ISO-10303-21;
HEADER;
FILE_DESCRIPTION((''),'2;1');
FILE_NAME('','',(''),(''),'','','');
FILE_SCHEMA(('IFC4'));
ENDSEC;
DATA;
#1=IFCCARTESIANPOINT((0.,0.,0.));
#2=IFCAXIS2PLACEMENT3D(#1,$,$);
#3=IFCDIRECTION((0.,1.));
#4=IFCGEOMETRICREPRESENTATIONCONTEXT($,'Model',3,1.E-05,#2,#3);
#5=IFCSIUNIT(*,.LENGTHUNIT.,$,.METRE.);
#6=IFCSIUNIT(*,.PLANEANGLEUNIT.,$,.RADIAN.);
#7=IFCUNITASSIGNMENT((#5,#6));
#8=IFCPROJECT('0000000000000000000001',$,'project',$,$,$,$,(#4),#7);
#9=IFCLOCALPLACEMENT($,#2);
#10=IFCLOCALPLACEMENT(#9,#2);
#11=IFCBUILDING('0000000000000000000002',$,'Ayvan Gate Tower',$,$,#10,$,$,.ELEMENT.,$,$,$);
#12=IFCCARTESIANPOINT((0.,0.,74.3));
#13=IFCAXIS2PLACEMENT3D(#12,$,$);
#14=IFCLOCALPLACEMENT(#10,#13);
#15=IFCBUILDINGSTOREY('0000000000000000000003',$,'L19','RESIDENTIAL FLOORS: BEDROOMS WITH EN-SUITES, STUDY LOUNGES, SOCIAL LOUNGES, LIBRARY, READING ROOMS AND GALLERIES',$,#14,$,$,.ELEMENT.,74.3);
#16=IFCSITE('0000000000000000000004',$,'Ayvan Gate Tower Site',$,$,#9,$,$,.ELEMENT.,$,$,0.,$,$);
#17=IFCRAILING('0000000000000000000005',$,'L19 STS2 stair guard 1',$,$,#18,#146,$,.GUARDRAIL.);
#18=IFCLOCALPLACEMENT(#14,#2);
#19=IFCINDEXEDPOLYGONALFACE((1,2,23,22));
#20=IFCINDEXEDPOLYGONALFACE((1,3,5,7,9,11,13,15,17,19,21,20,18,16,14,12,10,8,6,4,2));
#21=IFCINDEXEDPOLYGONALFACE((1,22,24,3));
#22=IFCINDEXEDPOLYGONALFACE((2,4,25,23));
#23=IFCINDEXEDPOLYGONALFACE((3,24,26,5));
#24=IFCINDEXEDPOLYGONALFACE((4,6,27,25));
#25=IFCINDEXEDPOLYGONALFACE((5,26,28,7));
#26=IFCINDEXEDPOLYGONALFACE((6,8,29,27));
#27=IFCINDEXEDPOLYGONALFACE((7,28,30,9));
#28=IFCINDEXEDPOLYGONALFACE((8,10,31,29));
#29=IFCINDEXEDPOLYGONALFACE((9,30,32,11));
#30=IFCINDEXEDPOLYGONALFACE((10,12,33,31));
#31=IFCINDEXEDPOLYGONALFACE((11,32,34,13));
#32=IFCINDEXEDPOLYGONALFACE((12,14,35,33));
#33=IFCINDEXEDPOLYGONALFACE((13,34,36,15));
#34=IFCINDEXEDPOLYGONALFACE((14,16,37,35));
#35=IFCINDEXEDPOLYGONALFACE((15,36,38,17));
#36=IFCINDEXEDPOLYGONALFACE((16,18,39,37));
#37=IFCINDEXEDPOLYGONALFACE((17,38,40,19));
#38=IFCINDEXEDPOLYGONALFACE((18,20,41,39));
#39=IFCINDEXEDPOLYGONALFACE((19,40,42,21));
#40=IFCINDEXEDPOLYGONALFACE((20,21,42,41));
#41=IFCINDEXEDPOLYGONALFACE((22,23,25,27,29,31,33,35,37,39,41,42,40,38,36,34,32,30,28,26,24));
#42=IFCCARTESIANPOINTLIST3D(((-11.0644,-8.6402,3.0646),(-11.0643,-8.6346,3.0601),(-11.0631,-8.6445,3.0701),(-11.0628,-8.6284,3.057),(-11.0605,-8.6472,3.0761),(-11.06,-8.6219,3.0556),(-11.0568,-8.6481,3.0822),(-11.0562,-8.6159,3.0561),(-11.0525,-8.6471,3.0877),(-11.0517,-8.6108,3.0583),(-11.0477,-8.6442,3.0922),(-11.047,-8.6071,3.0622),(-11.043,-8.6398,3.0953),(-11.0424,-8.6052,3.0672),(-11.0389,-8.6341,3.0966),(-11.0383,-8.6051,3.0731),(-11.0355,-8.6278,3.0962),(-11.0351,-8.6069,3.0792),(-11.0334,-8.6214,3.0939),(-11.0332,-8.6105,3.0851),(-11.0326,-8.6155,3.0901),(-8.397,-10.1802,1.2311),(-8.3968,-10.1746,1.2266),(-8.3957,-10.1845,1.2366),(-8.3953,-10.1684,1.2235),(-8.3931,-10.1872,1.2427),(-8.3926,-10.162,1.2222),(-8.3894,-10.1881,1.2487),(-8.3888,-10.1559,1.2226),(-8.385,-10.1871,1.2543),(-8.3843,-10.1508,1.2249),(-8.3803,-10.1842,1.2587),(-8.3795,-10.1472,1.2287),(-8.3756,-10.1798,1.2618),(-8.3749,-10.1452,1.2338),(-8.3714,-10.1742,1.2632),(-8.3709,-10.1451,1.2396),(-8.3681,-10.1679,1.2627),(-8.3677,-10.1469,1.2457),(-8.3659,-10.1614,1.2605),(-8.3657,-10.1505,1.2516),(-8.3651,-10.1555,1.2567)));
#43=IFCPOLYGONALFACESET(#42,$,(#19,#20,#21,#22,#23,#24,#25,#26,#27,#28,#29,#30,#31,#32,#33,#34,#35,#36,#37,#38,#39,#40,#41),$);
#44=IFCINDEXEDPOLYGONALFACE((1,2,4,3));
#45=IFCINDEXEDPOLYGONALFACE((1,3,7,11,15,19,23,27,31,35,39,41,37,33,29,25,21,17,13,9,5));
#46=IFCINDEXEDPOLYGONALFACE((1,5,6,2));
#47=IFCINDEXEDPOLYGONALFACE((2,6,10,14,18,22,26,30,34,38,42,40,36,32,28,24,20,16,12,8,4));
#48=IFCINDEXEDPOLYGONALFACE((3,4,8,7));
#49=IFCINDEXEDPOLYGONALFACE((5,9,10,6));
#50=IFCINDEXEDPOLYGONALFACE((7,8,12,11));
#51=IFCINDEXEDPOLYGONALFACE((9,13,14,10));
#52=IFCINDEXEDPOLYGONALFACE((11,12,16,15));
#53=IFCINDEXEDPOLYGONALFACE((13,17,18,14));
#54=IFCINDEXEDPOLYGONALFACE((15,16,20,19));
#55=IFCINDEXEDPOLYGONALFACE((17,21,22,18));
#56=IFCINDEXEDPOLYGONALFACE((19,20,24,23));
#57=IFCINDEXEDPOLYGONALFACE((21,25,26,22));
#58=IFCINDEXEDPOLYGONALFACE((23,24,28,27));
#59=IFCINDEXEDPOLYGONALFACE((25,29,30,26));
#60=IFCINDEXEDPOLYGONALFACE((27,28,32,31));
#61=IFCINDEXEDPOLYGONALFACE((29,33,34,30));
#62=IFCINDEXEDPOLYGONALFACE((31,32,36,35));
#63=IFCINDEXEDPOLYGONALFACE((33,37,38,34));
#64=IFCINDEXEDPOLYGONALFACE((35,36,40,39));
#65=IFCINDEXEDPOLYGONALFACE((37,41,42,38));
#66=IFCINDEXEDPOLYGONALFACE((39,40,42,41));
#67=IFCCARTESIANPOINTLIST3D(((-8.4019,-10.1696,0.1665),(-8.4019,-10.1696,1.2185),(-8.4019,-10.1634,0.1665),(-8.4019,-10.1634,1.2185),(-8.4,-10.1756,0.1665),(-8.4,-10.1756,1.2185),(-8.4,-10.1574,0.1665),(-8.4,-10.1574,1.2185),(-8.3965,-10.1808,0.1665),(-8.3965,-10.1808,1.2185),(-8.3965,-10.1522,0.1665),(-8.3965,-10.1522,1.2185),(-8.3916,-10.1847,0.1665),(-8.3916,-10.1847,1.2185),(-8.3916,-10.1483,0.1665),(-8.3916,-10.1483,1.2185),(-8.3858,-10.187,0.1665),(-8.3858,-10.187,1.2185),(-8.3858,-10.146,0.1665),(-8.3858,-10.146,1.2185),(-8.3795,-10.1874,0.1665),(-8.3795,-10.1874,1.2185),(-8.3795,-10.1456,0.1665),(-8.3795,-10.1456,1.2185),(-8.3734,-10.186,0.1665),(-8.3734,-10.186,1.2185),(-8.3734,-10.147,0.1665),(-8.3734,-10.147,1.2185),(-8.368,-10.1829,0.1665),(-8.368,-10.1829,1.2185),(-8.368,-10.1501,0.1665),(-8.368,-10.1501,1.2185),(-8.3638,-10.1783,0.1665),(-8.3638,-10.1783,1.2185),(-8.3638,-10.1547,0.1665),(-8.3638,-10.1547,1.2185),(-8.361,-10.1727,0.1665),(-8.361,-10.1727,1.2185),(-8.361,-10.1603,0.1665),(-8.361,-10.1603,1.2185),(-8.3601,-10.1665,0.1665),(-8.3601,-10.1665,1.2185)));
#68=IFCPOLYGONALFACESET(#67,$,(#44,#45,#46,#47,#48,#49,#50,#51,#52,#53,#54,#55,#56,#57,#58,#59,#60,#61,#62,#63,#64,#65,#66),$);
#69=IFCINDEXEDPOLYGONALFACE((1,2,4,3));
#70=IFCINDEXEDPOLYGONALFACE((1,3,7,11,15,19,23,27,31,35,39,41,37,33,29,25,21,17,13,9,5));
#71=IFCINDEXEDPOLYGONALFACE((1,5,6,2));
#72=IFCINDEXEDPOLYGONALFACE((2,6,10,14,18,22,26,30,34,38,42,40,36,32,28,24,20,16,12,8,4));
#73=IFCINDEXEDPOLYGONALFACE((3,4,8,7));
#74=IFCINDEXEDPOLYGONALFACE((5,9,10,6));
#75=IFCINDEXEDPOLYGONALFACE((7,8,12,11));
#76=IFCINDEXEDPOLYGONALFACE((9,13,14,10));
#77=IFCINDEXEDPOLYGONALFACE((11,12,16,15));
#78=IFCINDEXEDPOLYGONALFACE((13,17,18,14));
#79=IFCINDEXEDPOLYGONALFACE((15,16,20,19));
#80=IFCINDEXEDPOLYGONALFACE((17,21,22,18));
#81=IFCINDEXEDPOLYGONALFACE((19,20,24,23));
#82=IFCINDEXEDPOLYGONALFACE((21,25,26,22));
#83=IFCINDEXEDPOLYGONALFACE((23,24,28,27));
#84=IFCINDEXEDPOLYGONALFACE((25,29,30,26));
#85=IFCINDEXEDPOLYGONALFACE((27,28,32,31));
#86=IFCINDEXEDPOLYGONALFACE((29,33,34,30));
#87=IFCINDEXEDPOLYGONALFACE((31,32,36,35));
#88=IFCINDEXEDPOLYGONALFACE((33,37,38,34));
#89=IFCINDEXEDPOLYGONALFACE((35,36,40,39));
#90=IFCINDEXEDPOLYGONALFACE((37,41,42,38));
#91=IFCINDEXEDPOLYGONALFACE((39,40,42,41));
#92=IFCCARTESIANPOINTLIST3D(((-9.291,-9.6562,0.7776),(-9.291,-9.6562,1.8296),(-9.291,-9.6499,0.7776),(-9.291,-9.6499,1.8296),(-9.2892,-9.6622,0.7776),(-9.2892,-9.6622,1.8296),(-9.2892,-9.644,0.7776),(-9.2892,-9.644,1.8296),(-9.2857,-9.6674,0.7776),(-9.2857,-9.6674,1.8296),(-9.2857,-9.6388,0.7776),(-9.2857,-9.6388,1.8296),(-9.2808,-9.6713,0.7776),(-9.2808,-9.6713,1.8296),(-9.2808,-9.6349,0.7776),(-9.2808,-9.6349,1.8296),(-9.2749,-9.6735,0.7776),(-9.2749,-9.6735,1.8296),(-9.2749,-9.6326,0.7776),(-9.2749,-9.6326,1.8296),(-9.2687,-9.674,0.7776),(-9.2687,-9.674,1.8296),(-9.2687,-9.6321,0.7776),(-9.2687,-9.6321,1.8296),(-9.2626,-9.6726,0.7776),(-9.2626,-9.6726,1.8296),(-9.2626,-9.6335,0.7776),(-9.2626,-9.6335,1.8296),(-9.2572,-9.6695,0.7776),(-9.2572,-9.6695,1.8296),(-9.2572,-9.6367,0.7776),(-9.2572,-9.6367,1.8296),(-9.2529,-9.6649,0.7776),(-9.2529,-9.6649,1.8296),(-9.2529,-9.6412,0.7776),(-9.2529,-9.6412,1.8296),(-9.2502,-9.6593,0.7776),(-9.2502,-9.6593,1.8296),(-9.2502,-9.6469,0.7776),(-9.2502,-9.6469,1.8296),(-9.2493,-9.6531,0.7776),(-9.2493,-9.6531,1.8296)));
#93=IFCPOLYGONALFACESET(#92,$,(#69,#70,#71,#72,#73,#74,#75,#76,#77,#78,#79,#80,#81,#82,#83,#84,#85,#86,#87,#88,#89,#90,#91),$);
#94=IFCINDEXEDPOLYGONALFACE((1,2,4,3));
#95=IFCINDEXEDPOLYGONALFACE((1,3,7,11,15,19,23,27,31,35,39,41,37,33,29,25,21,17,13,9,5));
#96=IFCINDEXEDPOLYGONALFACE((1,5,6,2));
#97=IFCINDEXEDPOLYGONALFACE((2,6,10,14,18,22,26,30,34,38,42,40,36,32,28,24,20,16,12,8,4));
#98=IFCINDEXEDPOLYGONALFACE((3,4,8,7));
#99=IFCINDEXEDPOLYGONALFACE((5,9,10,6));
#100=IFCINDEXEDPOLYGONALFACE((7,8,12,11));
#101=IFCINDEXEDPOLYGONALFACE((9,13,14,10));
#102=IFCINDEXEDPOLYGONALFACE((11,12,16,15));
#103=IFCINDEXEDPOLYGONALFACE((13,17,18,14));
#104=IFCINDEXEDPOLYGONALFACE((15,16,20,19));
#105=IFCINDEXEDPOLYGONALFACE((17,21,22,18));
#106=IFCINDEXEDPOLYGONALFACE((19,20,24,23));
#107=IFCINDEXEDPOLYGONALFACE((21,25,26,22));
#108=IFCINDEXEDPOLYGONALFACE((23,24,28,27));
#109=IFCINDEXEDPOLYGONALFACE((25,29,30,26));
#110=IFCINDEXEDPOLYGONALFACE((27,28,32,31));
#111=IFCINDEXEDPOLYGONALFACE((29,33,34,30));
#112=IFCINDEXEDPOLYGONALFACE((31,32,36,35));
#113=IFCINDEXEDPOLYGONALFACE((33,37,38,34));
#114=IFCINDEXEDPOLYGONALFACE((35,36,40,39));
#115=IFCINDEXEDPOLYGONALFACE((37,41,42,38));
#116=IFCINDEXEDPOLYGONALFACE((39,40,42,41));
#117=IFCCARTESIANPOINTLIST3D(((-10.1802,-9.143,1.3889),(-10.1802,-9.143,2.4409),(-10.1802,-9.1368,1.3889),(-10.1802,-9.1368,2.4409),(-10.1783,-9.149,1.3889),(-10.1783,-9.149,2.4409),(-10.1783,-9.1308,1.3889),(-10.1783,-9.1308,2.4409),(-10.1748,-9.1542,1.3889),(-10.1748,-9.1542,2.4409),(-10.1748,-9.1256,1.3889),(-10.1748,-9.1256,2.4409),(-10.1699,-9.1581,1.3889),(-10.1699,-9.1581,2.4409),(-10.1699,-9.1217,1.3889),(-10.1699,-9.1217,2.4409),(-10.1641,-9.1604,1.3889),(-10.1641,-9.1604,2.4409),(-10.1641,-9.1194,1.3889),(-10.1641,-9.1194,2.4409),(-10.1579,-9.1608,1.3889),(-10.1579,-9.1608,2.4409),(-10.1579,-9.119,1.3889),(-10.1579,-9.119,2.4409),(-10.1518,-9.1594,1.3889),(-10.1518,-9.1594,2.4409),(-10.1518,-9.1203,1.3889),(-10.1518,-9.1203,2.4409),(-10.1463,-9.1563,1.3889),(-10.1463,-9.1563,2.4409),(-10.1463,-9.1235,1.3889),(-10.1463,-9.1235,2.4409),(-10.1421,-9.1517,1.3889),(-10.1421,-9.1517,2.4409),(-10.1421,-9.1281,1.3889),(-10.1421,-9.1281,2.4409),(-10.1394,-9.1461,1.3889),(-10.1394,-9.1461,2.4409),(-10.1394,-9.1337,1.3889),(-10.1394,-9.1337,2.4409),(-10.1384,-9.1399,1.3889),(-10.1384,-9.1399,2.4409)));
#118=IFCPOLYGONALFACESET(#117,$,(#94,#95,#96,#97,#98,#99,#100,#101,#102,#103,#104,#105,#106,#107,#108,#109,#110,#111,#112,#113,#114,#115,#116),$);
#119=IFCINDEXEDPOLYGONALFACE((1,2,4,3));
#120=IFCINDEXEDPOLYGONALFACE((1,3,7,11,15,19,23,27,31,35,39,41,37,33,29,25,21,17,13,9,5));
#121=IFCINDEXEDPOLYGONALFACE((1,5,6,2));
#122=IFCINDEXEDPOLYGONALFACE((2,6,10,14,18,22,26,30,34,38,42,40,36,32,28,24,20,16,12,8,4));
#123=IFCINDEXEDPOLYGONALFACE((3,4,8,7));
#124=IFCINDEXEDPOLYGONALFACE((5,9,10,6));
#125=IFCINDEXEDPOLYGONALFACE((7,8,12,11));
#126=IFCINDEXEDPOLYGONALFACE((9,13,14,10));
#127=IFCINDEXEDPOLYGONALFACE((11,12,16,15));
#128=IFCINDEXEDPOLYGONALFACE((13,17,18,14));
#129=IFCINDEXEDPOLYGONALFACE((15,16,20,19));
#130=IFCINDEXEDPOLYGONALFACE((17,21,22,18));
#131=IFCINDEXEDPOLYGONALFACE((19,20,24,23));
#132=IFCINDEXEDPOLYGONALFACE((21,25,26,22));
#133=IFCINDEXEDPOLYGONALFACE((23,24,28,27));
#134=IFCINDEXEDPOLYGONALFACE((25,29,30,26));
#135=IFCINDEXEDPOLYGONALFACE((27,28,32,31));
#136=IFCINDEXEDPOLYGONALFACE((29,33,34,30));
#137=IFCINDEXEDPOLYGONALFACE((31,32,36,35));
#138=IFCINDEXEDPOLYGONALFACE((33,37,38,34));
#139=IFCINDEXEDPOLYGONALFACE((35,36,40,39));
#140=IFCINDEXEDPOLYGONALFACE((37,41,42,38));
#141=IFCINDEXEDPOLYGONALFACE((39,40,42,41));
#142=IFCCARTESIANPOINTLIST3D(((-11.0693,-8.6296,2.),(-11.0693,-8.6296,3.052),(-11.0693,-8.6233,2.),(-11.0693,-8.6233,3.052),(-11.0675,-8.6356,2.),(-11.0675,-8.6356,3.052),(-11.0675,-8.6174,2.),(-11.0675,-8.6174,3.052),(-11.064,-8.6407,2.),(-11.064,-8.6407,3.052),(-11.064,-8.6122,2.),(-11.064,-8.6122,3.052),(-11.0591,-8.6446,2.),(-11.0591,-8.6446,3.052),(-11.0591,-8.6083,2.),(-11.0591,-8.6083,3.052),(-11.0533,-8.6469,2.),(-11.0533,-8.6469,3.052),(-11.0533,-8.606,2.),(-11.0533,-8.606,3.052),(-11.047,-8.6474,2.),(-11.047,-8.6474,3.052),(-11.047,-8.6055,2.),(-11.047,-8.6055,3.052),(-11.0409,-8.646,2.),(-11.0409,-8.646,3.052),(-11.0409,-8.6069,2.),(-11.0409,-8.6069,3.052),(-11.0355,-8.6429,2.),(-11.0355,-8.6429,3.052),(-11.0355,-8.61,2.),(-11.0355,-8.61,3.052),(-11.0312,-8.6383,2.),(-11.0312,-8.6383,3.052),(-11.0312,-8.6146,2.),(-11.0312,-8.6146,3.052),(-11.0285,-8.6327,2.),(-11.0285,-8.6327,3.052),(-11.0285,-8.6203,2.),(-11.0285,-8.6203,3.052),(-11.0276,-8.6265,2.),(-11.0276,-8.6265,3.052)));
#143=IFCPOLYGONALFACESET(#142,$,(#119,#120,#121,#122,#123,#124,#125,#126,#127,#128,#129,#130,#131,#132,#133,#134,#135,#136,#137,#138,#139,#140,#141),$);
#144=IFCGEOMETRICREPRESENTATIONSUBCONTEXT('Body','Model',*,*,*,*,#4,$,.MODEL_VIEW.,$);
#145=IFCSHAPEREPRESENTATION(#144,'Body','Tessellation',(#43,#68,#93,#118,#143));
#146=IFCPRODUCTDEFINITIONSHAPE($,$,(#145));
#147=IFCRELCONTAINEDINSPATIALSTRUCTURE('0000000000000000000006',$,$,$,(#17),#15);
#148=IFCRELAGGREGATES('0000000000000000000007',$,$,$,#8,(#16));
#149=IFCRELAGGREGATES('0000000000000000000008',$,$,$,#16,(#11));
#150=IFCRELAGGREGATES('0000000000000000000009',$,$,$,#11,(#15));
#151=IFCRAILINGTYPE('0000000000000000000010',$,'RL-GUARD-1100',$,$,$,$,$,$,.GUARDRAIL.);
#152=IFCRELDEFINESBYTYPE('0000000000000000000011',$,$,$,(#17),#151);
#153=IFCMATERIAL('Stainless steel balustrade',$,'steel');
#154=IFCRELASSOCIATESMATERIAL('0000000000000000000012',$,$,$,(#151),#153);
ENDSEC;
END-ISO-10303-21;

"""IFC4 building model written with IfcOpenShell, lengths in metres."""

from ifc_helpers import new_model, si_unit, direction, frame, origin, origin_2d, place, context, subcontext, project, spatial, circle, extrude, material, type_object, element, save


model = new_model("IFC4")

# Units and contexts
model_context = context("Model", 3, precision=1e-05, world=origin(), true_north=direction((0.0, 1.0)))
body_context = subcontext(model_context, "Body", "Model", "MODEL_VIEW")
ifc_project = project(units=[si_unit("LENGTHUNIT", "METRE"), si_unit("PLANEANGLEUNIT", "RADIAN")], contexts=[model_context])

# Site, building, storey
site_placement = place(None, origin())
site = spatial("IfcSite", under=ifc_project, at=site_placement, Name="Ayvan Gate Tower Site", CompositionType="ELEMENT", RefElevation=0.0)
building_placement = place(site_placement, origin())
building = spatial("IfcBuilding", under=site, at=building_placement, Name="Ayvan Gate Tower", CompositionType="ELEMENT")
storey_placement = place(building_placement, frame((0.0, 0.0, 74.3)))
storey = spatial("IfcBuildingStorey", under=building, at=storey_placement, Name="L19", Description="RESIDENTIAL FLOORS: BEDROOMS WITH EN-SUITES, STUDY LOUNGES, SOCIAL LOUNGES, LIBRARY, READING ROOMS AND GALLERIES", CompositionType="ELEMENT", Elevation=74.3)

# Railing
ifc_material_1 = material(Name="Stainless steel balustrade", Category="steel")
railing_type_1 = type_object("IfcRailingType", Name="RL-GUARD-1100", PredefinedType="GUARDRAIL", material=ifc_material_1)
railing_1_placement = place(storey_placement, frame((-8.3811, -10.1665, 0.1665)))
element("IfcRailing", 1, at=railing_1_placement, inside=storey, type_object=railing_type_1, Name="L19 STS2 stair guard 1", PredefinedType="GUARDRAIL", context=body_context, shape_type="SweptSolid", body=[
    extrude(circle(Radius=0.0239, at=origin_2d()), frame((0.0, 0.0, 1.0762), z_axis=(-0.744164, 0.429634, 0.511502), x_axis=(-0.499992, -0.86603, 0.0)), (0.0, 0.0, 1.0), 3.5845),
    extrude(circle(Radius=0.021, at=origin_2d()), origin(), (0.0, 0.0, 1.0), 1.052),
    extrude(circle(Radius=0.021, at=origin_2d()), frame((-0.8892, 0.5134, 0.6111)), (0.0, 0.0, 1.0), 1.052),
    extrude(circle(Radius=0.021, at=origin_2d()), frame((-1.7783, 1.0266, 1.2224)), (0.0, 0.0, 1.0), 1.052),
    extrude(circle(Radius=0.021, at=origin_2d()), frame((-2.6675, 1.54, 1.8335)), (0.0, 0.0, 1.0), 1.052),
])

save(model, "model.ifc")
